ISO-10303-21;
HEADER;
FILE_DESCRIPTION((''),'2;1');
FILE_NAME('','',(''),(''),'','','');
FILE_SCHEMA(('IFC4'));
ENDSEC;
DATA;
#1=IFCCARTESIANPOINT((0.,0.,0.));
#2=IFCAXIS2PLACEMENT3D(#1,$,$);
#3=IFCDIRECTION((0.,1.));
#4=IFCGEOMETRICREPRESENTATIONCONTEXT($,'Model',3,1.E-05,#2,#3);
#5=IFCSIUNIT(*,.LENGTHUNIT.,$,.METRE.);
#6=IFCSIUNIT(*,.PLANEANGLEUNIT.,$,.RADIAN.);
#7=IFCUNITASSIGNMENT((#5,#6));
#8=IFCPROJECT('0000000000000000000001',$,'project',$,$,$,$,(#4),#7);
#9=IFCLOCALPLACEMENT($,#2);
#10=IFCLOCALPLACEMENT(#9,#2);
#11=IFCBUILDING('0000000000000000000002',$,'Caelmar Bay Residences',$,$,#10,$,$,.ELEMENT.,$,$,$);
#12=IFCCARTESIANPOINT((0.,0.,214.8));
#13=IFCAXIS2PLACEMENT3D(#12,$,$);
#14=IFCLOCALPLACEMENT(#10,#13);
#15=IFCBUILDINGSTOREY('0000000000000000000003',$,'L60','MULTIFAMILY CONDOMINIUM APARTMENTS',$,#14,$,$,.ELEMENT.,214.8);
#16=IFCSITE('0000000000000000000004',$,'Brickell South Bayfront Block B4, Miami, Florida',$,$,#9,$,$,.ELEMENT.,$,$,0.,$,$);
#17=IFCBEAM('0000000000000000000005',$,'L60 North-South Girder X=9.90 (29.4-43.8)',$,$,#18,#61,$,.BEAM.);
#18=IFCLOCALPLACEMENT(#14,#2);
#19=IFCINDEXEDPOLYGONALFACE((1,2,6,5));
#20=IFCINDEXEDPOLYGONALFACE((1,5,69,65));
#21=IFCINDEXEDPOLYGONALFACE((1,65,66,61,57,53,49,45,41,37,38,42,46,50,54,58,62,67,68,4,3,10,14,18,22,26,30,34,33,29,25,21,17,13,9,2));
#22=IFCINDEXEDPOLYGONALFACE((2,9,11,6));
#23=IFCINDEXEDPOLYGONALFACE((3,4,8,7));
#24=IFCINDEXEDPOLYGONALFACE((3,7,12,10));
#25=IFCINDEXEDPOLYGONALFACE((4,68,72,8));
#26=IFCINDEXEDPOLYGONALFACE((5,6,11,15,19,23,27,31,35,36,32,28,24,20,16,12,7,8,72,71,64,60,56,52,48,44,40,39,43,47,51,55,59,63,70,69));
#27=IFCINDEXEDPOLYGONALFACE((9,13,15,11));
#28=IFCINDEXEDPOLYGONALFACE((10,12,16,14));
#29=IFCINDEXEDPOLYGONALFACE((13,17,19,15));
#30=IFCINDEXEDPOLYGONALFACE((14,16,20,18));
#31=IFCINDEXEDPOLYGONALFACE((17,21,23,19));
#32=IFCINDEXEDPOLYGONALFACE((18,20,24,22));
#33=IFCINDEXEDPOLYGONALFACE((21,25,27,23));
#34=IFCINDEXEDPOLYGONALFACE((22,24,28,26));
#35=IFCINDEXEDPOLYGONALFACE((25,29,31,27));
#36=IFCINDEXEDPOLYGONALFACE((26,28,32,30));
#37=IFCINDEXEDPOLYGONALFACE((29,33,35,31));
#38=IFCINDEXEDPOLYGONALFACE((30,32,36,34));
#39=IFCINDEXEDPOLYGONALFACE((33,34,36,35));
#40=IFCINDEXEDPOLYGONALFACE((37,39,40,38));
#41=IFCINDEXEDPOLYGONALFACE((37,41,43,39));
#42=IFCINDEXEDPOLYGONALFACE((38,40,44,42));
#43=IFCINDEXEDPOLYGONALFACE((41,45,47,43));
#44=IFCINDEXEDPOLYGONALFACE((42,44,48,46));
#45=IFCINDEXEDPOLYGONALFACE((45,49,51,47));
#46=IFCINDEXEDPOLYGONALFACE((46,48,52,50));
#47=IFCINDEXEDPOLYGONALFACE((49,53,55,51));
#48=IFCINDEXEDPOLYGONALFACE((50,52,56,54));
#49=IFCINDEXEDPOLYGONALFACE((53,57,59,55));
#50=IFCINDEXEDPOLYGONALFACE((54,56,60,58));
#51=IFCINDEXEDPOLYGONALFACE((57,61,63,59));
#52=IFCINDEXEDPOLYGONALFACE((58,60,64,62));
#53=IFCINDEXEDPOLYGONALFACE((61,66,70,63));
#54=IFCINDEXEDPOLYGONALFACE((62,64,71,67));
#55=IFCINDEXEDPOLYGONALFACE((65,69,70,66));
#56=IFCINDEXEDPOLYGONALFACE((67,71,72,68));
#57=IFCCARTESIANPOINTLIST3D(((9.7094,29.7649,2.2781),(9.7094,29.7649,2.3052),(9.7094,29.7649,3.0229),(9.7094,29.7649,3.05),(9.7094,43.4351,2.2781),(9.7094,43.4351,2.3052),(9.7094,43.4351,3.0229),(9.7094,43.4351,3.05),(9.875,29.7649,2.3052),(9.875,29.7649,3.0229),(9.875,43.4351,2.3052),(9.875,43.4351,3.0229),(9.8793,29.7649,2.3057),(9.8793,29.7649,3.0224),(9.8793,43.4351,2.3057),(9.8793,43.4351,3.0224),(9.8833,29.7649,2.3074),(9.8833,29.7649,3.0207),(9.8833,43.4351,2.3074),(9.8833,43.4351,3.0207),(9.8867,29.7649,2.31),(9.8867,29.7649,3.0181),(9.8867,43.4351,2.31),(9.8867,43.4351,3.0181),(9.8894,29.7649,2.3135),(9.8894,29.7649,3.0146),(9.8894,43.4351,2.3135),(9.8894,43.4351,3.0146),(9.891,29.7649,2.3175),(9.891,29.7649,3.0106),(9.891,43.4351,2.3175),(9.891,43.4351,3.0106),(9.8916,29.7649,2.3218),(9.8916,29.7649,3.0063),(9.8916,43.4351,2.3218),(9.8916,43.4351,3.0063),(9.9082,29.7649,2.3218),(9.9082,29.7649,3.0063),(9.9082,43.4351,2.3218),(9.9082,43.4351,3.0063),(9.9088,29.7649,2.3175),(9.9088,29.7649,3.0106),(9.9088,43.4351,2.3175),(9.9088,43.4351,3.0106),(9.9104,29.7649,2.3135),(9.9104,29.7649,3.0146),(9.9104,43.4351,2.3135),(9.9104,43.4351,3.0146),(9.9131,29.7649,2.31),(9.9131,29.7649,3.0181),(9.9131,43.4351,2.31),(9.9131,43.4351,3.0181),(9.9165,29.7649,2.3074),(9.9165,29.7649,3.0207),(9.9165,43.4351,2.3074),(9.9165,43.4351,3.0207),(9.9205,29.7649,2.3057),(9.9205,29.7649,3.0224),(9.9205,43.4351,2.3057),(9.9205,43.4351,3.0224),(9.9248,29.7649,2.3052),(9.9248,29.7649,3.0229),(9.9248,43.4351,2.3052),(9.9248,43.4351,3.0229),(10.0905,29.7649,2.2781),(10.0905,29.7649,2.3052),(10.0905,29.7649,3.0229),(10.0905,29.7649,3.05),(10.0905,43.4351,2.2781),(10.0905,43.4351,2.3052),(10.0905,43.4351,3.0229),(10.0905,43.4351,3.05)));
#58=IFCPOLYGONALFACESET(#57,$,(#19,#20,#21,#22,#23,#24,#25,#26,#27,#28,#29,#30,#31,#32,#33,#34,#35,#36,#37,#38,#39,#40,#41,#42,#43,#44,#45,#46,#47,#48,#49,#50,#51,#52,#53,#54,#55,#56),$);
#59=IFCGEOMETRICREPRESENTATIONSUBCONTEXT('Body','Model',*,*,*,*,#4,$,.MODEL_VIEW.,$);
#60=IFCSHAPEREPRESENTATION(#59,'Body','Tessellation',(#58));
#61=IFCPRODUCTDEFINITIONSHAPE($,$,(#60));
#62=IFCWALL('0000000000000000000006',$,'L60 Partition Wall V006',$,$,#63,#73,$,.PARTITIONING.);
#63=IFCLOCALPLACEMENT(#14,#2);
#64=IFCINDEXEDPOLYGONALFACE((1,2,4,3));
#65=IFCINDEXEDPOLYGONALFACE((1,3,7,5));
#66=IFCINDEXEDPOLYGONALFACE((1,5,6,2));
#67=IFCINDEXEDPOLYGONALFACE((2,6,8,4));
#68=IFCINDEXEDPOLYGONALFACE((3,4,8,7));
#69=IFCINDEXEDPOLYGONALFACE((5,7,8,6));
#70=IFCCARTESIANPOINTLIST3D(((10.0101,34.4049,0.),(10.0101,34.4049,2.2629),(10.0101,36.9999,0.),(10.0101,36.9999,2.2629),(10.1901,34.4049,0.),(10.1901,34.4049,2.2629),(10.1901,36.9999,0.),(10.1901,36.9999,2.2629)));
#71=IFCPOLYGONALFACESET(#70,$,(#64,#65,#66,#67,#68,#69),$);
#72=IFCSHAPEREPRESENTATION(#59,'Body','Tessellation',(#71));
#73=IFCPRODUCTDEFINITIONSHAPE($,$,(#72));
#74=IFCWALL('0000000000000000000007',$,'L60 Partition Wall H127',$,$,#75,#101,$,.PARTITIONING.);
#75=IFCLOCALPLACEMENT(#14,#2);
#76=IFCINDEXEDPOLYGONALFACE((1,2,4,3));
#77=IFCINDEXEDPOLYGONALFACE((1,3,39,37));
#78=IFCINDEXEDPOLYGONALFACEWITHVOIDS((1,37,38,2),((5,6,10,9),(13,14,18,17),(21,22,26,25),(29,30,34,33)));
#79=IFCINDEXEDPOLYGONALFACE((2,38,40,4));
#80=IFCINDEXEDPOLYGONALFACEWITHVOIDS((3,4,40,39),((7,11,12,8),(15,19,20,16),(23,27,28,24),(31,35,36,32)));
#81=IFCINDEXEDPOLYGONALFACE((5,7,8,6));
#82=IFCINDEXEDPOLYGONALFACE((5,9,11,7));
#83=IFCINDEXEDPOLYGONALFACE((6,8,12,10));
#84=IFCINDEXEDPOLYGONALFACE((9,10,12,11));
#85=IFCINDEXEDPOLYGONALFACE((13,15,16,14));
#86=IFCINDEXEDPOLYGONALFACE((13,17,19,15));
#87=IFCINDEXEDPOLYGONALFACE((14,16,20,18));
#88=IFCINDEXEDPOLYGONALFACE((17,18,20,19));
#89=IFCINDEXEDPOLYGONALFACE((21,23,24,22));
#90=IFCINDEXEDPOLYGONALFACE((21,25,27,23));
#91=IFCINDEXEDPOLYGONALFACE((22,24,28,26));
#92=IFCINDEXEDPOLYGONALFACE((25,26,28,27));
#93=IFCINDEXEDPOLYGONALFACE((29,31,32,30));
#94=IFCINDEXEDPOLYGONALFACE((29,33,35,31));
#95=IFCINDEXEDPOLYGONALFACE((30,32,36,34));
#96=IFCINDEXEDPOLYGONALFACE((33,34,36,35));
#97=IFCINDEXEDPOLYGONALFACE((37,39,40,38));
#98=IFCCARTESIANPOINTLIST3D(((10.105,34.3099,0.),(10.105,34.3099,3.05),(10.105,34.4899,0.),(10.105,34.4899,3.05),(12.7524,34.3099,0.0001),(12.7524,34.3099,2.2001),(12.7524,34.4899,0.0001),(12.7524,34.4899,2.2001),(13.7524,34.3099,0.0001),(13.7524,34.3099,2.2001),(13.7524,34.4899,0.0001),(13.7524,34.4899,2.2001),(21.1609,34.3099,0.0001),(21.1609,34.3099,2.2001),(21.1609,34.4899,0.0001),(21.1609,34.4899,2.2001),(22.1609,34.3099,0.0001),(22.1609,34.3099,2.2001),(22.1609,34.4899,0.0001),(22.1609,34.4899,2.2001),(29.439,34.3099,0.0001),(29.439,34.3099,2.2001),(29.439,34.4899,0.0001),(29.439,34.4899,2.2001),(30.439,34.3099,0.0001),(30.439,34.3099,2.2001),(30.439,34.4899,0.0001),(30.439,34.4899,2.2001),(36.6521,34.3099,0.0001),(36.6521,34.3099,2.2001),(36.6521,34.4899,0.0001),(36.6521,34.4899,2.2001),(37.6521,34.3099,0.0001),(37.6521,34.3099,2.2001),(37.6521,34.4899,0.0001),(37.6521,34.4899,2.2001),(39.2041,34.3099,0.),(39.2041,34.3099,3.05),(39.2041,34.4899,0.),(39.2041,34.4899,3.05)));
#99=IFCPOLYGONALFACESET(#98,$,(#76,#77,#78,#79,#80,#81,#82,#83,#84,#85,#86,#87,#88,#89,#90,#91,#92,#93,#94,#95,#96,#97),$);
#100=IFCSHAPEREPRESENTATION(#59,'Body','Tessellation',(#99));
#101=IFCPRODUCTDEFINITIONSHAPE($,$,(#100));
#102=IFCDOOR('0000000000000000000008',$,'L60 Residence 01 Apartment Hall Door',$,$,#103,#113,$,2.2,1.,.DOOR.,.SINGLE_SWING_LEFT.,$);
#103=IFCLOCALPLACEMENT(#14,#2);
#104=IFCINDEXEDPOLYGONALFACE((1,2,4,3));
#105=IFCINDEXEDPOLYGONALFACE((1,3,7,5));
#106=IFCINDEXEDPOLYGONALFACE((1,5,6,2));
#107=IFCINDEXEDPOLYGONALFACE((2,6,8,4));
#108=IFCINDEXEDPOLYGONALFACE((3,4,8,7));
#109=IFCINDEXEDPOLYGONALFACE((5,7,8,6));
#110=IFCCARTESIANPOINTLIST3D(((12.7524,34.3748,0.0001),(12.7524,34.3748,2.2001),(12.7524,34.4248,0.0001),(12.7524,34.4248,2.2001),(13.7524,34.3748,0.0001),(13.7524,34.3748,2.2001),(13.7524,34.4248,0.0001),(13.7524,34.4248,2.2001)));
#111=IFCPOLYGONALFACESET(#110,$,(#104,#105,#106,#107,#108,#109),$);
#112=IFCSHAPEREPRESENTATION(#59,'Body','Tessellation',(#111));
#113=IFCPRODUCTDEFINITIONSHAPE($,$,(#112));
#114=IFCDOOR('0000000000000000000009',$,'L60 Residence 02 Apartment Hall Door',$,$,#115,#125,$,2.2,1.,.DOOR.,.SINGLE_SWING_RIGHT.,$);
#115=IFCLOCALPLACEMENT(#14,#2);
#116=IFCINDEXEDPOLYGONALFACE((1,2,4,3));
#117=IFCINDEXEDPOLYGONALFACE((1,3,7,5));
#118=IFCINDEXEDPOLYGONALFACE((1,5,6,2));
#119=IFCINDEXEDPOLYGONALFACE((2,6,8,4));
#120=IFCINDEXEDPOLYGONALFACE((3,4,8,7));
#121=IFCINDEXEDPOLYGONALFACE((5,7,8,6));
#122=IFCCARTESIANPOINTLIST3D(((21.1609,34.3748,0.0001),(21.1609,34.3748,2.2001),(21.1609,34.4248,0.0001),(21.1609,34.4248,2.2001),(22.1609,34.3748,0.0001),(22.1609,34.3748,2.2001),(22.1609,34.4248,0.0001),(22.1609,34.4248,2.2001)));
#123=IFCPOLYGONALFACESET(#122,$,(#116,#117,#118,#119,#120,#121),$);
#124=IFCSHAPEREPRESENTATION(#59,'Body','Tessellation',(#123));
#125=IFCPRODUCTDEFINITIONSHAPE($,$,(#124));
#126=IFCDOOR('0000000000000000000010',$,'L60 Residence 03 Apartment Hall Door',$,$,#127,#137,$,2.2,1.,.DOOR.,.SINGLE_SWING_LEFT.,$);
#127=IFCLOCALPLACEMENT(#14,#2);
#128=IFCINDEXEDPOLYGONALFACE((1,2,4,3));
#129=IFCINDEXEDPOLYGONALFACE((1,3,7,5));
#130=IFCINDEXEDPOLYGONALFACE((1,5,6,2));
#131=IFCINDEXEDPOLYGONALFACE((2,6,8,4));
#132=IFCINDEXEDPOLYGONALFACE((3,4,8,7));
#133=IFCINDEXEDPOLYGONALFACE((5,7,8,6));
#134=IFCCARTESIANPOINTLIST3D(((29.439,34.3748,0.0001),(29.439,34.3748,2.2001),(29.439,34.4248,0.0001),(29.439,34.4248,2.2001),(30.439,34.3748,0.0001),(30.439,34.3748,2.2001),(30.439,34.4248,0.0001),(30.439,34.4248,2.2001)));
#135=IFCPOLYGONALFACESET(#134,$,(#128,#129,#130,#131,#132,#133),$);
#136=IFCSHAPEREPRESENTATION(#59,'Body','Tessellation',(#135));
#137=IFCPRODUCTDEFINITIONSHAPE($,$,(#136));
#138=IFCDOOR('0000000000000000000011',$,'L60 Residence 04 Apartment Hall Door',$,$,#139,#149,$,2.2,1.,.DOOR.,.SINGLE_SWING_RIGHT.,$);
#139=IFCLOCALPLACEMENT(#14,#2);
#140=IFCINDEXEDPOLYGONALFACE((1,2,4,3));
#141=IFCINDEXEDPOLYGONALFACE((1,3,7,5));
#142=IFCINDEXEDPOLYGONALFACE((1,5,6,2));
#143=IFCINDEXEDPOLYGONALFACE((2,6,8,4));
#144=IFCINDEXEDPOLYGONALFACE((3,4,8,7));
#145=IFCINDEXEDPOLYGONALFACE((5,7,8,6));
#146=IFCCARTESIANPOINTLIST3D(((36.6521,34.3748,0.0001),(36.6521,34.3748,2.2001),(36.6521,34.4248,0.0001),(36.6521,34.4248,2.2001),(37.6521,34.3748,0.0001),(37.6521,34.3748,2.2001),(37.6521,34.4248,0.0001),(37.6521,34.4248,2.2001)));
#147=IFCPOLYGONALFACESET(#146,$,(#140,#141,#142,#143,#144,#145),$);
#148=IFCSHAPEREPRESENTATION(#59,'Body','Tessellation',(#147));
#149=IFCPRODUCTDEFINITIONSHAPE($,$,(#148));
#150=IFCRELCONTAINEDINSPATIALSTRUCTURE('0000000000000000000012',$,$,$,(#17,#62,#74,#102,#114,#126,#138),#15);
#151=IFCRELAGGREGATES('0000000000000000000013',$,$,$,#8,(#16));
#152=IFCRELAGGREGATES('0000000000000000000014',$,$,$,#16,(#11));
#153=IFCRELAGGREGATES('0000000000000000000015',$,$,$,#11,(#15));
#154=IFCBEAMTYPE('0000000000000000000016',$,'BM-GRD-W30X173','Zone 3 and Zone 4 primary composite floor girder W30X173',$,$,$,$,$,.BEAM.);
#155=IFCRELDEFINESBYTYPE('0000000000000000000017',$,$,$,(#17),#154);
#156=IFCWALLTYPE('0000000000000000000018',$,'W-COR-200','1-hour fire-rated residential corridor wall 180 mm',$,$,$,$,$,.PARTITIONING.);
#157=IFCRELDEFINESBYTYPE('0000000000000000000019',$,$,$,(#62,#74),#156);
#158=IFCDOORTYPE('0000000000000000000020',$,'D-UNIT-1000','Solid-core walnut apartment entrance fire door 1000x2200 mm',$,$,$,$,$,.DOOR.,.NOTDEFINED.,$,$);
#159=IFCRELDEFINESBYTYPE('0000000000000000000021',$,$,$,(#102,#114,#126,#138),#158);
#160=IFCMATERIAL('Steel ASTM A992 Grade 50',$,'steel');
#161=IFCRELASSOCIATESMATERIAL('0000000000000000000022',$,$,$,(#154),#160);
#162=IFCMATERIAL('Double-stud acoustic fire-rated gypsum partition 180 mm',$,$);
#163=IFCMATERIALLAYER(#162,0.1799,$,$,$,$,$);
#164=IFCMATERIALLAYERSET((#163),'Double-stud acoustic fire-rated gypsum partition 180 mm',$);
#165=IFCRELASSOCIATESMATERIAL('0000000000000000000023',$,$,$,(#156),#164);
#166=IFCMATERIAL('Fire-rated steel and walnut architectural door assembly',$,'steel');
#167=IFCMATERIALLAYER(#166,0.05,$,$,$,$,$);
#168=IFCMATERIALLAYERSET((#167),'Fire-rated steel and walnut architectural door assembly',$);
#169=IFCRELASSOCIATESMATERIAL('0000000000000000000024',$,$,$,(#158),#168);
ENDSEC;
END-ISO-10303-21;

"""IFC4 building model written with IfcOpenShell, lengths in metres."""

from ifc_helpers import new_model, si_unit, direction, frame, frame_2d, origin, origin_2d, place, context, subcontext, project, spatial, rectangle, i_section, extrude, material, layer, layer_set, material_profile, profile_set, type_object, element, fill, save


model = new_model("IFC4")

# Units and contexts
model_context = context("Model", 3, precision=1e-05, world=origin(), true_north=direction((0.0, 1.0)))
body_context = subcontext(model_context, "Body", "Model", "MODEL_VIEW")
ifc_project = project(units=[si_unit("LENGTHUNIT", "METRE"), si_unit("PLANEANGLEUNIT", "RADIAN")], contexts=[model_context])

# Site, building, storey
site_placement = place(None, origin())
site = spatial("IfcSite", under=ifc_project, at=site_placement, Name="Brickell South Bayfront Block B4, Miami, Florida", CompositionType="ELEMENT", RefElevation=0.0)
building_placement = place(site_placement, origin())
building = spatial("IfcBuilding", under=site, at=building_placement, Name="Caelmar Bay Residences", CompositionType="ELEMENT")
storey_placement = place(building_placement, frame((0.0, 0.0, 214.8)))
storey = spatial("IfcBuildingStorey", under=building, at=storey_placement, Name="L60", Description="MULTIFAMILY CONDOMINIUM APARTMENTS", CompositionType="ELEMENT", Elevation=214.8)

# Beam
ifc_material_1 = material(Name="Steel ASTM A992 Grade 50", Category="steel")
ifc_material_profile_1 = material_profile(ifc_material_1, i_section(OverallWidth=0.3811, OverallDepth=0.772, WebThickness=0.0166, FlangeThickness=0.0271, FilletRadius=0.0166, at=origin_2d()), Name="W30X173")
ifc_profile_set_1 = profile_set([ifc_material_profile_1], Name="Steel ASTM A992 Grade 50")
beam_type = type_object("IfcBeamType", Name="BM-GRD-W30X173", Description="Zone 3 and Zone 4 primary composite floor girder W30X173", PredefinedType="BEAM", material=ifc_profile_set_1)
beam_placement = place(storey_placement, frame((9.8999, 29.7649, 2.6641), z_axis=(0.0, 1.0, 0.0), x_axis=(-1.0, 0.0, 0.0)))
element("IfcBeam", 1, at=beam_placement, inside=storey, type_object=beam_type, Name="L60 North-South Girder X=9.90 (29.4-43.8)", PredefinedType="BEAM", context=body_context, shape_type="SweptSolid", body=[
    extrude(i_section(OverallWidth=0.3811, OverallDepth=0.772, WebThickness=0.0166, FlangeThickness=0.0271, FilletRadius=0.0166, at=origin_2d()), origin(), (0.0, 0.0, 1.0), 13.6702),
])

# Shared definitions
ifc_material_2 = material(Name="Fire-rated steel and walnut architectural door assembly", Category="steel")

# Wall
ifc_material_3 = material(Name="Double-stud acoustic fire-rated gypsum partition 180 mm")
ifc_layer_1 = layer(ifc_material_3, 0.1799)
ifc_layer_set_1 = layer_set([ifc_layer_1], Name="Double-stud acoustic fire-rated gypsum partition 180 mm")
wall_type_1 = type_object("IfcWallType", Name="W-COR-200", Description="1-hour fire-rated residential corridor wall 180 mm", PredefinedType="PARTITIONING", material=ifc_layer_set_1)
wall_1_placement = place(storey_placement, frame((10.1001, 34.405, 0.0), z_axis=(0.0, 0.0, 1.0), x_axis=(0.0, 1.0, 0.0)))
element("IfcWall", 2, at=wall_1_placement, inside=storey, type_object=wall_type_1, Name="L60 Partition Wall V006", PredefinedType="PARTITIONING", context=body_context, shape_type="SweptSolid", body=[
    extrude(rectangle(XDim=2.595, YDim=0.1799, at=frame_2d((1.2974, 0.0))), origin(), (0.0, 0.0, 1.0), 2.2629),
])

# Wall, openings, doors
wall_2_placement = place(storey_placement, frame((10.105, 34.3999, 0.0), z_axis=(0.0, 0.0, 1.0), x_axis=(1.0, 0.0, 0.0)))
wall_2 = element("IfcWall", 3, at=wall_2_placement, inside=storey, type_object=wall_type_1, Name="L60 Partition Wall H127", PredefinedType="PARTITIONING", context=body_context, shape_type="SweptSolid", body=[
    extrude(rectangle(XDim=29.0991, YDim=0.1799, at=frame_2d((14.5496, 0.0))), origin(), (0.0, 0.0, 1.0), 3.05),
])
opening_1_placement = place(wall_2_placement, frame((2.6475, 0.0, 0.0)))
opening_1 = element("IfcOpeningElement", 4, at=opening_1_placement, cuts=wall_2, PredefinedType="OPENING", context=body_context, shape_type="SweptSolid", body=[
    extrude(rectangle(XDim=1.0, YDim=2.2, at=frame_2d((0.5, 1.1001))), frame((0.0, 0.0999, 0.0), z_axis=(0.0, -1.0, 0.0), x_axis=(1.0, 0.0, 0.0)), (0.0, 0.0, 1.0), 0.2),
])
opening_2_placement = place(wall_2_placement, frame((11.0559, 0.0, 0.0)))
opening_2 = element("IfcOpeningElement", 5, at=opening_2_placement, cuts=wall_2, PredefinedType="OPENING", context=body_context, shape_type="SweptSolid", body=[
    extrude(rectangle(XDim=1.0, YDim=2.2, at=frame_2d((0.5, 1.1001))), frame((0.0, 0.0999, 0.0), z_axis=(0.0, -1.0, 0.0), x_axis=(1.0, 0.0, 0.0)), (0.0, 0.0, 1.0), 0.2),
])
opening_3_placement = place(wall_2_placement, frame((19.334, 0.0, 0.0)))
opening_3 = element("IfcOpeningElement", 6, at=opening_3_placement, cuts=wall_2, PredefinedType="OPENING", context=body_context, shape_type="SweptSolid", body=[
    extrude(rectangle(XDim=1.0, YDim=2.2, at=frame_2d((0.5, 1.1001))), frame((0.0, 0.0999, 0.0), z_axis=(0.0, -1.0, 0.0), x_axis=(1.0, 0.0, 0.0)), (0.0, 0.0, 1.0), 0.2),
])
opening_4_placement = place(wall_2_placement, frame((26.5471, 0.0, 0.0)))
opening_4 = element("IfcOpeningElement", 7, at=opening_4_placement, cuts=wall_2, PredefinedType="OPENING", context=body_context, shape_type="SweptSolid", body=[
    extrude(rectangle(XDim=1.0, YDim=2.2, at=frame_2d((0.5, 1.1001))), frame((0.0, 0.0999, 0.0), z_axis=(0.0, -1.0, 0.0), x_axis=(1.0, 0.0, 0.0)), (0.0, 0.0, 1.0), 0.2),
])
ifc_layer_2 = layer(ifc_material_2, 0.05)
ifc_layer_set_2 = layer_set([ifc_layer_2], Name="Fire-rated steel and walnut architectural door assembly")
door_type_1 = type_object("IfcDoorType", Name="D-UNIT-1000", Description="Solid-core walnut apartment entrance fire door 1000x2200 mm", OperationType="NOTDEFINED", PredefinedType="DOOR", material=ifc_layer_set_2)
door_1_placement = place(opening_1_placement, origin())
door_1 = element("IfcDoor", 8, at=door_1_placement, inside=storey, type_object=door_type_1, Name="L60 Residence 01 Apartment Hall Door", OperationType="SINGLE_SWING_LEFT", OverallHeight=2.2, OverallWidth=1.0, PredefinedType="DOOR", context=body_context, shape_type="SweptSolid", body=[
    extrude(rectangle(XDim=1.0, YDim=2.2, at=frame_2d((0.5, 1.1001))), frame((0.0, 0.0249, 0.0), z_axis=(0.0, -1.0, 0.0), x_axis=(1.0, 0.0, 0.0)), (0.0, 0.0, 1.0), 0.05),
])
fill(opening_1, door_1)
door_2_placement = place(opening_2_placement, origin())
door_2 = element("IfcDoor", 9, at=door_2_placement, inside=storey, type_object=door_type_1, Name="L60 Residence 02 Apartment Hall Door", OperationType="SINGLE_SWING_RIGHT", OverallHeight=2.2, OverallWidth=1.0, PredefinedType="DOOR", context=body_context, shape_type="SweptSolid", body=[
    extrude(rectangle(XDim=1.0, YDim=2.2, at=frame_2d((0.5, 1.1001))), frame((0.0, 0.0249, 0.0), z_axis=(0.0, -1.0, 0.0), x_axis=(1.0, 0.0, 0.0)), (0.0, 0.0, 1.0), 0.05),
])
fill(opening_2, door_2)
door_3_placement = place(opening_3_placement, origin())
door_3 = element("IfcDoor", 10, at=door_3_placement, inside=storey, type_object=door_type_1, Name="L60 Residence 03 Apartment Hall Door", OperationType="SINGLE_SWING_LEFT", OverallHeight=2.2, OverallWidth=1.0, PredefinedType="DOOR", context=body_context, shape_type="SweptSolid", body=[
    extrude(rectangle(XDim=1.0, YDim=2.2, at=frame_2d((0.5, 1.1001))), frame((0.0, 0.0249, 0.0), z_axis=(0.0, -1.0, 0.0), x_axis=(1.0, 0.0, 0.0)), (0.0, 0.0, 1.0), 0.05),
])
fill(opening_3, door_3)
door_4_placement = place(opening_4_placement, origin())
door_4 = element("IfcDoor", 11, at=door_4_placement, inside=storey, type_object=door_type_1, Name="L60 Residence 04 Apartment Hall Door", OperationType="SINGLE_SWING_RIGHT", OverallHeight=2.2, OverallWidth=1.0, PredefinedType="DOOR", context=body_context, shape_type="SweptSolid", body=[
    extrude(rectangle(XDim=1.0, YDim=2.2, at=frame_2d((0.5, 1.1001))), frame((0.0, 0.0249, 0.0), z_axis=(0.0, -1.0, 0.0), x_axis=(1.0, 0.0, 0.0)), (0.0, 0.0, 1.0), 0.05),
])
fill(opening_4, door_4)

save(model, "model.ifc")
